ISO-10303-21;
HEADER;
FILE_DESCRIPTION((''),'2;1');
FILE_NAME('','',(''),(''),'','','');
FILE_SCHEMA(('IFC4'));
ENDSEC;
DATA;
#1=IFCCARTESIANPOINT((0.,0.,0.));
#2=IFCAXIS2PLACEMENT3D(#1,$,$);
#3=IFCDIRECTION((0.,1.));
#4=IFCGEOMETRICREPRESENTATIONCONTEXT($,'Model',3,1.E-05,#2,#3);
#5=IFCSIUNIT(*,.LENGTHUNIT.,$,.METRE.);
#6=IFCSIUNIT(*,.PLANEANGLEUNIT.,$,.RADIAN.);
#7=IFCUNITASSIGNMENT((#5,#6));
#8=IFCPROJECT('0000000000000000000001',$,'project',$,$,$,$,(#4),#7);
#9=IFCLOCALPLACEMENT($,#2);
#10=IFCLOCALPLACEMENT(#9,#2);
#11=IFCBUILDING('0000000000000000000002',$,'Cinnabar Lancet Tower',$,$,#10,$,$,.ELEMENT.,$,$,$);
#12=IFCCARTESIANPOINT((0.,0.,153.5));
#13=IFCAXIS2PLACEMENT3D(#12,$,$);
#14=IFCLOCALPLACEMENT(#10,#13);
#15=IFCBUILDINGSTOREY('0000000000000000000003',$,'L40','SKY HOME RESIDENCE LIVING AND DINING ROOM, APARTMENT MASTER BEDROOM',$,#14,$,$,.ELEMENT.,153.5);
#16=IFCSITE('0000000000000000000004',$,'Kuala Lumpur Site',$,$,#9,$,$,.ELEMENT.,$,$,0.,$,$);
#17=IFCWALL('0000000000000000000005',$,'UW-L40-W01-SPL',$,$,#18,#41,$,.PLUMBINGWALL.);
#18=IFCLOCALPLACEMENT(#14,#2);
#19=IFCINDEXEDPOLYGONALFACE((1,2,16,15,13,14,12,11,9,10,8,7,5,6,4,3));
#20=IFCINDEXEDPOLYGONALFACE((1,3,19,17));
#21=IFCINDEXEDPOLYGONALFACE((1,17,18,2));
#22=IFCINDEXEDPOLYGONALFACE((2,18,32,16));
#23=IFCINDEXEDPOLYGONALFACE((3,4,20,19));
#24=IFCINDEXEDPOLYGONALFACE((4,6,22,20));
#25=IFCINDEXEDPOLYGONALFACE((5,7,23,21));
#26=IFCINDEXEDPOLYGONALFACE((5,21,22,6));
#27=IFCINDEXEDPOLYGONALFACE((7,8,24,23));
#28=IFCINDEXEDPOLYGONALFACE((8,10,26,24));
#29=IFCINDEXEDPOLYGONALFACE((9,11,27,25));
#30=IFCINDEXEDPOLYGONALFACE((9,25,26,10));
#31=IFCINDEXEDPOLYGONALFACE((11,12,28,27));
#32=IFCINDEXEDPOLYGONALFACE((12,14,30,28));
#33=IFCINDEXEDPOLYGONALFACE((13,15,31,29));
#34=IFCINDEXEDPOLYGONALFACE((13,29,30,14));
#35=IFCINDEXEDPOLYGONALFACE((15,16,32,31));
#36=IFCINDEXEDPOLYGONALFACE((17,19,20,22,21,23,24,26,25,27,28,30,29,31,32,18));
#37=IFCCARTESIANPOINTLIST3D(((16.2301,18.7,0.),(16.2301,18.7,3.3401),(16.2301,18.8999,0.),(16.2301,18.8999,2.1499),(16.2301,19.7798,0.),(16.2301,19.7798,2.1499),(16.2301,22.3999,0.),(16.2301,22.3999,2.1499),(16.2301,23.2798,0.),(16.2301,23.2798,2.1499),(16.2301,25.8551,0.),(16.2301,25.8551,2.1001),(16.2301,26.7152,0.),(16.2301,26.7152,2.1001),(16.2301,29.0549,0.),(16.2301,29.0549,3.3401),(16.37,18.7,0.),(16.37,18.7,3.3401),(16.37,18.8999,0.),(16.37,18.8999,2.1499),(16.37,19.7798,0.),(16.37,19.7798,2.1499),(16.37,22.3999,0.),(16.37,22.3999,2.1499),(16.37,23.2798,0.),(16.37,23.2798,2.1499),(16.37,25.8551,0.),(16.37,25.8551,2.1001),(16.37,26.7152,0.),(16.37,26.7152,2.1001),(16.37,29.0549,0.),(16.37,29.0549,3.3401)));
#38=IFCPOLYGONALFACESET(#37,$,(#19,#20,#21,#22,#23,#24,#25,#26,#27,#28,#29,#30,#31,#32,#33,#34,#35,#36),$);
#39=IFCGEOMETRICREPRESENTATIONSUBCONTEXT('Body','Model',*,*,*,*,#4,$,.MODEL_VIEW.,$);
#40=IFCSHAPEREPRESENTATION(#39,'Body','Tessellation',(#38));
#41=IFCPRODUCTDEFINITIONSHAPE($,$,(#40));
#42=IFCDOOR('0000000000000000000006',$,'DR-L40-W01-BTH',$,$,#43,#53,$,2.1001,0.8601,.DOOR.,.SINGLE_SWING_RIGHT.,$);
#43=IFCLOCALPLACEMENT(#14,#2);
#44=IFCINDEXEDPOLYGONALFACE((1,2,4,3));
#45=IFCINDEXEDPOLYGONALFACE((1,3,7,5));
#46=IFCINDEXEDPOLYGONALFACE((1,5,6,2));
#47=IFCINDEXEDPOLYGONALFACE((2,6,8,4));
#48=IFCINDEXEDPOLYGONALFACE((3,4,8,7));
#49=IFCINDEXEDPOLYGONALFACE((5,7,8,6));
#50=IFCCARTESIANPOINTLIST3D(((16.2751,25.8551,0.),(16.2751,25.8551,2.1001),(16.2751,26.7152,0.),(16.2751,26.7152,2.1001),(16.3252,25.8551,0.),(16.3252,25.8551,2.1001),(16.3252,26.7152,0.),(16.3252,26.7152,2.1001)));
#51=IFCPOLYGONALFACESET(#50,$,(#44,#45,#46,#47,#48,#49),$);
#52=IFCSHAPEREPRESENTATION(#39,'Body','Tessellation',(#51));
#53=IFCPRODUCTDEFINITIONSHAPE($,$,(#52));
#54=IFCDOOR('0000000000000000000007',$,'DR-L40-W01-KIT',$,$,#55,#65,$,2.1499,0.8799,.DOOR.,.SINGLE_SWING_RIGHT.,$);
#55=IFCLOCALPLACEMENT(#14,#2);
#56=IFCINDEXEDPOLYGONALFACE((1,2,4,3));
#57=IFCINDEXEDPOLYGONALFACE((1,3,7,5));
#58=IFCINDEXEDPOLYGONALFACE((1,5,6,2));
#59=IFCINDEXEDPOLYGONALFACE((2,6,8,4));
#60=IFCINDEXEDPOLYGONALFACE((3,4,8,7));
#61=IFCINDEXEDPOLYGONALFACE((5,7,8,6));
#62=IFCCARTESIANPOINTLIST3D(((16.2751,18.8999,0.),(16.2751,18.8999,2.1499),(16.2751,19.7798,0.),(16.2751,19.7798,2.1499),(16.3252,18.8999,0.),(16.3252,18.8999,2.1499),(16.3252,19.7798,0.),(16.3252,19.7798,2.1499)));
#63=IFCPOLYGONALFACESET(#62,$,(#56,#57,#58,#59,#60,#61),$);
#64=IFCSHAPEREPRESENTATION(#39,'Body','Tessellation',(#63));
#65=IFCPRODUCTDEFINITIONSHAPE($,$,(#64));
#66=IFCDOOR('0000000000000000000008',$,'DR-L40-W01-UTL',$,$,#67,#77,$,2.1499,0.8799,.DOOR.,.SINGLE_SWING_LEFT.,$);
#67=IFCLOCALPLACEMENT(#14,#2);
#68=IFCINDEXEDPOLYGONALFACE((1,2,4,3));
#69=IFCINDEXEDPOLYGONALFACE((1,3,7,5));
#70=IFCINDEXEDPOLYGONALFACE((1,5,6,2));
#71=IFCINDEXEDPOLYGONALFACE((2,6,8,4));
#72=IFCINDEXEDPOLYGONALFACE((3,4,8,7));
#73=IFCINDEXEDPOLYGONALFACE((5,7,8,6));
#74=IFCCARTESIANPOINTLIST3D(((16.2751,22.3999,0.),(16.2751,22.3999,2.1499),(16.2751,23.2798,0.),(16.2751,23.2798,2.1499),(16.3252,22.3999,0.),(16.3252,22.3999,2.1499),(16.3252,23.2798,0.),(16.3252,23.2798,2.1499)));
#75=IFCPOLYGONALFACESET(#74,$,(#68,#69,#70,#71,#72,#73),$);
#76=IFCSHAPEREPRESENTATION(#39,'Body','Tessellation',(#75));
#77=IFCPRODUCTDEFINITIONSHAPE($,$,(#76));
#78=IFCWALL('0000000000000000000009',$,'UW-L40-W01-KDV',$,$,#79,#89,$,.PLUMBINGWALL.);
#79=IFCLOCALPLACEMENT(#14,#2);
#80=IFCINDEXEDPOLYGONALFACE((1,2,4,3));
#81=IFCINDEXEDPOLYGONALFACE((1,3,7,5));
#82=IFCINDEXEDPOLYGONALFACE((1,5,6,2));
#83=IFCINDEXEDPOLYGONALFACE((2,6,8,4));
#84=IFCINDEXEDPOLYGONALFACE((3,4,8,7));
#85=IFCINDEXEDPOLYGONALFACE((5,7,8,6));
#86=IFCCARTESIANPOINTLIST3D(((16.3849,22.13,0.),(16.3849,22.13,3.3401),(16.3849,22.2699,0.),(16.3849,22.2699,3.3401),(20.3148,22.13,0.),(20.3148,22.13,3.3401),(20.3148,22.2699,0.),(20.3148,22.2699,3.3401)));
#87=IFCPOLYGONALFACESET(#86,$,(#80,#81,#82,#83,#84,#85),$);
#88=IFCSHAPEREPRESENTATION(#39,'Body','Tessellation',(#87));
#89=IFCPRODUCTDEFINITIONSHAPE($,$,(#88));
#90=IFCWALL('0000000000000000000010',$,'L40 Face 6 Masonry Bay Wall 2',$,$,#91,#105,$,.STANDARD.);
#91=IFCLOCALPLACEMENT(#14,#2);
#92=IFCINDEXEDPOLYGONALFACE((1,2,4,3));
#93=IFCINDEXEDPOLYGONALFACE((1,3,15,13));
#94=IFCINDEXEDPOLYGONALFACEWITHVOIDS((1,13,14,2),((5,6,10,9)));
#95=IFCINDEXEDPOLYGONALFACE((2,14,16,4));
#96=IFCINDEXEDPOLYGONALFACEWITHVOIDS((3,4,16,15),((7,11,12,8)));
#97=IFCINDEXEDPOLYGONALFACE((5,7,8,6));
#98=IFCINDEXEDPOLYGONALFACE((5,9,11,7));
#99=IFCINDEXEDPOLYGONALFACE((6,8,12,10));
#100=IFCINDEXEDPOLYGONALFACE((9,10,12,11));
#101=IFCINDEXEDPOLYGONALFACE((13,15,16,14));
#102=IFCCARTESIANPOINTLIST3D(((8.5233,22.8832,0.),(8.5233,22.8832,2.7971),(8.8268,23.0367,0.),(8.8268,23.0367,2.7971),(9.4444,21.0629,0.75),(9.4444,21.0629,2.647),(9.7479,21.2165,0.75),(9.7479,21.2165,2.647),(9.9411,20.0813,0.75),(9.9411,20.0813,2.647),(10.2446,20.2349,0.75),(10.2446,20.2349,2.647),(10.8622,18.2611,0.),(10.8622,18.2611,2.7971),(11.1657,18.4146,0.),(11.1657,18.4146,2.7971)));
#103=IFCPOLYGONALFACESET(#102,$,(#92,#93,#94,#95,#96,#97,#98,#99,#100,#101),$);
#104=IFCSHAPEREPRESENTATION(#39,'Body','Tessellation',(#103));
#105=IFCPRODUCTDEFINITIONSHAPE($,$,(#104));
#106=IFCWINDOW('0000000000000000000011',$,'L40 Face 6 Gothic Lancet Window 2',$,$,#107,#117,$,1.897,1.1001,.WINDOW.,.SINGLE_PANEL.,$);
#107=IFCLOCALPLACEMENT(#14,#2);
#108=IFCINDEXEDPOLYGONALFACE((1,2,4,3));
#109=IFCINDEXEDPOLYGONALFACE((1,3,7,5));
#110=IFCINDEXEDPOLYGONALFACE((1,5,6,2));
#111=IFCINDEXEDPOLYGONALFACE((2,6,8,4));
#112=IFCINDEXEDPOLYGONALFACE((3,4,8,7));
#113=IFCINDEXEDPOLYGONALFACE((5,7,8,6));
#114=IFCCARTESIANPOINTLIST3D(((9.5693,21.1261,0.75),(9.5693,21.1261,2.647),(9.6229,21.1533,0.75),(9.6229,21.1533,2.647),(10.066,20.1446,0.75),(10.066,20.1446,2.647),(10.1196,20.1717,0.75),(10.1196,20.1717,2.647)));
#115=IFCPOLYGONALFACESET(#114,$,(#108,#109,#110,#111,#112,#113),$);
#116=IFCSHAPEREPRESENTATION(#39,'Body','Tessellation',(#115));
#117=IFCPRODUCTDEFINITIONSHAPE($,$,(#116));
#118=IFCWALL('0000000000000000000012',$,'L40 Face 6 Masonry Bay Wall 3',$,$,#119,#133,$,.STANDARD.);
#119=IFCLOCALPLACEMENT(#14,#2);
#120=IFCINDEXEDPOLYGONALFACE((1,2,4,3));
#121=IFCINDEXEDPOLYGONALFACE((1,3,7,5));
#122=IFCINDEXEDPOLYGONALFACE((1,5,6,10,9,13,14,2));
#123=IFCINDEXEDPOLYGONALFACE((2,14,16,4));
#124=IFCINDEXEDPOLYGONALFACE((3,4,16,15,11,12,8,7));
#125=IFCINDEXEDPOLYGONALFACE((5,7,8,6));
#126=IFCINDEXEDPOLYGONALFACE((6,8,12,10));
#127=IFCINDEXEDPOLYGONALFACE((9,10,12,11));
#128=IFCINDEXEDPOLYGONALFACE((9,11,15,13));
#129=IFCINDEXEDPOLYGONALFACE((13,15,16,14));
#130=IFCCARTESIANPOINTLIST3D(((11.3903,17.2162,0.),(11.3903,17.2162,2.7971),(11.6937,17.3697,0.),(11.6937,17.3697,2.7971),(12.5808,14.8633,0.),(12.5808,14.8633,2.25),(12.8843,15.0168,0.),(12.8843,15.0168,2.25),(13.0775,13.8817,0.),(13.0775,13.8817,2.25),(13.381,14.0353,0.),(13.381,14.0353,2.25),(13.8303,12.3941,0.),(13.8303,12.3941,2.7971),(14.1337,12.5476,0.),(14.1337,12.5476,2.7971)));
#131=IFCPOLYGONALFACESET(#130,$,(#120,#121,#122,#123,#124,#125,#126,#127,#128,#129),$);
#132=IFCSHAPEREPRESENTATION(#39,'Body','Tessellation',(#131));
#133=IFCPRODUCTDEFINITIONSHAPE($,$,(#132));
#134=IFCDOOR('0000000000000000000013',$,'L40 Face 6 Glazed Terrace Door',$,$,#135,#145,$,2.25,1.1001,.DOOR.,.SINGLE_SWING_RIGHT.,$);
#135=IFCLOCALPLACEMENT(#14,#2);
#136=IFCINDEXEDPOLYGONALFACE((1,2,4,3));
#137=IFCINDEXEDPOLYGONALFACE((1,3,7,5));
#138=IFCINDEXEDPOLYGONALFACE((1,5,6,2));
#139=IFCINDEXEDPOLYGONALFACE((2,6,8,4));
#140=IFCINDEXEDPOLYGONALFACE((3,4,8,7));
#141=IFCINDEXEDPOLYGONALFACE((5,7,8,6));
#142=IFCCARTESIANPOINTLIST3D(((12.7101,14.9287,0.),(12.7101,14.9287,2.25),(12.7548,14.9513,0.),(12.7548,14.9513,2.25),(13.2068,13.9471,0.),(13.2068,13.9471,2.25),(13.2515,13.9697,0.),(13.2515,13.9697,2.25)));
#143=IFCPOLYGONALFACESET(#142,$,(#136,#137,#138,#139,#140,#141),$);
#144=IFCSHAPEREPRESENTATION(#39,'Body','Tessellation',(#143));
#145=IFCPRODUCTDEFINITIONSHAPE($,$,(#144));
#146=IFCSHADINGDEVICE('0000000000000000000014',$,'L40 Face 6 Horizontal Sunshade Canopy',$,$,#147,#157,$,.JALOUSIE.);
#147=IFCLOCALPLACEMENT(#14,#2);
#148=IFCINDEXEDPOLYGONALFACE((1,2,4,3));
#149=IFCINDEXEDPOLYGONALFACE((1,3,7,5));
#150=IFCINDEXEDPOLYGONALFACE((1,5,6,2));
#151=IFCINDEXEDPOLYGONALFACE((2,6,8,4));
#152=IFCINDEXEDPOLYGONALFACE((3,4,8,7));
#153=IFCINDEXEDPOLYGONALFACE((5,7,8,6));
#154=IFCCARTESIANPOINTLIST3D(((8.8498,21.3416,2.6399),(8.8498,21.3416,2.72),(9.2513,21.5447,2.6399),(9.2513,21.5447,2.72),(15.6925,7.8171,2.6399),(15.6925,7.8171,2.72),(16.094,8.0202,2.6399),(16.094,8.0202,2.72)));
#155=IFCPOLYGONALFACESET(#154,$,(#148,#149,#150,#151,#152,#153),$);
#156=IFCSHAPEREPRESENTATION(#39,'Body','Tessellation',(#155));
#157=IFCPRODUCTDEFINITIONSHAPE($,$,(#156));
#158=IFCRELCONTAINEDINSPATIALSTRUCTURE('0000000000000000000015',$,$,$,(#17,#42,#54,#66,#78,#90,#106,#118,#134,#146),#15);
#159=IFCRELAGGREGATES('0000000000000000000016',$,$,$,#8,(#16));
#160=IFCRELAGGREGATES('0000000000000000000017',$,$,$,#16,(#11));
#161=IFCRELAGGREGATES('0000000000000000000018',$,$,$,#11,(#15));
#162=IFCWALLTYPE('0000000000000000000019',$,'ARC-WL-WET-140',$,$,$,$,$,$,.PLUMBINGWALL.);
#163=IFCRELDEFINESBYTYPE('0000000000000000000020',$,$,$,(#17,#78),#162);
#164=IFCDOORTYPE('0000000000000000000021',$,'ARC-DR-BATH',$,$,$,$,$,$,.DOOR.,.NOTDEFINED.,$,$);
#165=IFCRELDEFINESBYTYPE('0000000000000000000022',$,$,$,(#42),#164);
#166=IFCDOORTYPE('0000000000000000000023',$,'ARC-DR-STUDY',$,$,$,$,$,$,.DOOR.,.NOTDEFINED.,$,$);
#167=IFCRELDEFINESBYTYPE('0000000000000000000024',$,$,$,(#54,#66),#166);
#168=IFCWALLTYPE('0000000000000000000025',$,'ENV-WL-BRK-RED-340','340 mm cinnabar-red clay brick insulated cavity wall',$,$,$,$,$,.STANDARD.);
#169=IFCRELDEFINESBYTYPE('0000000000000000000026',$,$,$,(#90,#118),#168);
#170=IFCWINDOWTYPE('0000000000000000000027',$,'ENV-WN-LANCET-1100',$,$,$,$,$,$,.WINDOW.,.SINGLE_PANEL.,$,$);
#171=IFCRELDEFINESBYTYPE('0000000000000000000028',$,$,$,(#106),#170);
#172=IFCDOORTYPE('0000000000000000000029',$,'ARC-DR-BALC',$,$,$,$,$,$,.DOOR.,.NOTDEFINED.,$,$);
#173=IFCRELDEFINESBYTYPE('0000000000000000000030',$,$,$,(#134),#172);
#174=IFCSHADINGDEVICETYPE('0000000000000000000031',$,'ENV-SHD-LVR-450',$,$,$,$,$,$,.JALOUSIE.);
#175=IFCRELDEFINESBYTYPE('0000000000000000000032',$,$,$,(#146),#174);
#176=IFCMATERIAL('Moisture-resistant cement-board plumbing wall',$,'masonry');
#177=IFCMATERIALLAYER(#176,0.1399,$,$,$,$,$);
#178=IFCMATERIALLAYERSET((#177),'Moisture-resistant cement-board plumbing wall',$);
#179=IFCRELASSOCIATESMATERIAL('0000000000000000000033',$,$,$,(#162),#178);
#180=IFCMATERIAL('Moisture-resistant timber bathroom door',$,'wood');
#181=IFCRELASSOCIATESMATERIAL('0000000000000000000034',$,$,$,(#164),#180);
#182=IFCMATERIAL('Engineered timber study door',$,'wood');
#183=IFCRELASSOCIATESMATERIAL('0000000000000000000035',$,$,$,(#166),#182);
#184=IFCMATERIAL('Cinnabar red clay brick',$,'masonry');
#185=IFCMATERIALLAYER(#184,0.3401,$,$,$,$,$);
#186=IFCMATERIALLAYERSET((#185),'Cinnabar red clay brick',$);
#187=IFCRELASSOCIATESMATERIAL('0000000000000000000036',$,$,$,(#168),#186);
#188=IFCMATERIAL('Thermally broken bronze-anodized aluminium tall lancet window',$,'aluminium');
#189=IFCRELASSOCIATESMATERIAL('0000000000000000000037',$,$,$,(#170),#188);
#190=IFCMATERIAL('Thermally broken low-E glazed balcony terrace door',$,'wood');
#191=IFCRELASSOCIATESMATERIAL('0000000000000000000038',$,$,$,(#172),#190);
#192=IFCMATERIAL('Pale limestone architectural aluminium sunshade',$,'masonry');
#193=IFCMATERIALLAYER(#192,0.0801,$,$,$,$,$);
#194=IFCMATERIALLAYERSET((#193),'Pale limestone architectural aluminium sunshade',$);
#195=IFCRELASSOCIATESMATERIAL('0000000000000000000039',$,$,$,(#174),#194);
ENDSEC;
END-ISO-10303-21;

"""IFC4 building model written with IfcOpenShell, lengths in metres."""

from ifc_helpers import new_model, si_unit, direction, frame, frame_2d, origin, origin_2d, place, context, subcontext, project, spatial, rectangle, extrude, material, layer, layer_set, type_object, element, fill, save


model = new_model("IFC4")

# Units and contexts
model_context = context("Model", 3, precision=1e-05, world=origin(), true_north=direction((0.0, 1.0)))
body_context = subcontext(model_context, "Body", "Model", "MODEL_VIEW")
ifc_project = project(units=[si_unit("LENGTHUNIT", "METRE"), si_unit("PLANEANGLEUNIT", "RADIAN")], contexts=[model_context])

# Site, building, storey
site_placement = place(None, origin())
site = spatial("IfcSite", under=ifc_project, at=site_placement, Name="Kuala Lumpur Site", CompositionType="ELEMENT", RefElevation=0.0)
building_placement = place(site_placement, origin())
building = spatial("IfcBuilding", under=site, at=building_placement, Name="Cinnabar Lancet Tower", CompositionType="ELEMENT")
storey_placement = place(building_placement, frame((0.0, 0.0, 153.5)))
storey = spatial("IfcBuildingStorey", under=building, at=storey_placement, Name="L40", Description="SKY HOME RESIDENCE LIVING AND DINING ROOM, APARTMENT MASTER BEDROOM", CompositionType="ELEMENT", Elevation=153.5)

# Wall, openings, doors
ifc_material_1 = material(Name="Moisture-resistant cement-board plumbing wall", Category="masonry")
ifc_layer_1 = layer(ifc_material_1, 0.1399)
ifc_layer_set_1 = layer_set([ifc_layer_1], Name="Moisture-resistant cement-board plumbing wall")
wall_type_1 = type_object("IfcWallType", Name="ARC-WL-WET-140", PredefinedType="PLUMBINGWALL", material=ifc_layer_set_1)
wall_1_placement = place(storey_placement, frame((16.3, 18.7, 0.0), z_axis=(0.0, 0.0, 1.0), x_axis=(0.0, 1.0, 0.0)))
wall_1 = element("IfcWall", 1, at=wall_1_placement, inside=storey, type_object=wall_type_1, Name="UW-L40-W01-SPL", PredefinedType="PLUMBINGWALL", context=body_context, shape_type="SweptSolid", body=[
    extrude(rectangle(XDim=10.355, YDim=0.1399, at=frame_2d((5.1775, 0.0))), origin(), (0.0, 0.0, 1.0), 3.3401),
])
opening_1_placement = place(wall_1_placement, frame((0.2, 0.0, 0.0)))
opening_1 = element("IfcOpeningElement", 2, at=opening_1_placement, cuts=wall_1, PredefinedType="OPENING", context=body_context, shape_type="SweptSolid", body=[
    extrude(rectangle(XDim=0.8799, YDim=2.1499, at=frame_2d((0.4399, 1.075))), frame((0.0, 0.0798, 0.0), z_axis=(0.0, -1.0, 0.0), x_axis=(1.0, 0.0, 0.0)), (0.0, 0.0, 1.0), 0.1599),
])
opening_2_placement = place(wall_1_placement, frame((3.7, 0.0, 0.0)))
opening_2 = element("IfcOpeningElement", 3, at=opening_2_placement, cuts=wall_1, PredefinedType="OPENING", context=body_context, shape_type="SweptSolid", body=[
    extrude(rectangle(XDim=0.8799, YDim=2.1499, at=frame_2d((0.4399, 1.075))), frame((0.0, 0.0798, 0.0), z_axis=(0.0, -1.0, 0.0), x_axis=(1.0, 0.0, 0.0)), (0.0, 0.0, 1.0), 0.1599),
])
opening_3_placement = place(wall_1_placement, frame((7.155, 0.0, 0.0)))
opening_3 = element("IfcOpeningElement", 4, at=opening_3_placement, cuts=wall_1, PredefinedType="OPENING", context=body_context, shape_type="SweptSolid", body=[
    extrude(rectangle(XDim=0.8601, YDim=2.1001, at=frame_2d((0.4302, 1.05))), frame((0.0, 0.0798, 0.0), z_axis=(0.0, -1.0, 0.0), x_axis=(1.0, 0.0, 0.0)), (0.0, 0.0, 1.0), 0.1599),
])
ifc_material_2 = material(Name="Moisture-resistant timber bathroom door", Category="wood")
door_type_1 = type_object("IfcDoorType", Name="ARC-DR-BATH", OperationType="NOTDEFINED", PredefinedType="DOOR", material=ifc_material_2)
door_1_placement = place(opening_3_placement, origin())
door_1 = element("IfcDoor", 5, at=door_1_placement, inside=storey, type_object=door_type_1, Name="DR-L40-W01-BTH", OperationType="SINGLE_SWING_RIGHT", OverallHeight=2.1001, OverallWidth=0.8601, PredefinedType="DOOR", context=body_context, shape_type="SweptSolid", body=[
    extrude(rectangle(XDim=0.8601, YDim=2.1001, at=frame_2d((0.4302, 1.05))), frame((0.0, 0.0249, 0.0), z_axis=(0.0, -1.0, 0.0), x_axis=(1.0, 0.0, 0.0)), (0.0, 0.0, 1.0), 0.05),
])
fill(opening_3, door_1)
ifc_material_3 = material(Name="Engineered timber study door", Category="wood")
door_type_2 = type_object("IfcDoorType", Name="ARC-DR-STUDY", OperationType="NOTDEFINED", PredefinedType="DOOR", material=ifc_material_3)
door_2_placement = place(opening_1_placement, origin())
door_2 = element("IfcDoor", 6, at=door_2_placement, inside=storey, type_object=door_type_2, Name="DR-L40-W01-KIT", OperationType="SINGLE_SWING_RIGHT", OverallHeight=2.1499, OverallWidth=0.8799, PredefinedType="DOOR", context=body_context, shape_type="SweptSolid", body=[
    extrude(rectangle(XDim=0.8799, YDim=2.1499, at=frame_2d((0.4399, 1.075))), frame((0.0, 0.0249, 0.0), z_axis=(0.0, -1.0, 0.0), x_axis=(1.0, 0.0, 0.0)), (0.0, 0.0, 1.0), 0.05),
])
fill(opening_1, door_2)
door_3_placement = place(opening_2_placement, origin())
door_3 = element("IfcDoor", 7, at=door_3_placement, inside=storey, type_object=door_type_2, Name="DR-L40-W01-UTL", OperationType="SINGLE_SWING_LEFT", OverallHeight=2.1499, OverallWidth=0.8799, PredefinedType="DOOR", context=body_context, shape_type="SweptSolid", body=[
    extrude(rectangle(XDim=0.8799, YDim=2.1499, at=frame_2d((0.4399, 1.075))), frame((0.0, 0.0249, 0.0), z_axis=(0.0, -1.0, 0.0), x_axis=(1.0, 0.0, 0.0)), (0.0, 0.0, 1.0), 0.05),
])
fill(opening_2, door_3)

# Wall
wall_2_placement = place(storey_placement, frame((16.385, 22.2, 0.0), z_axis=(0.0, 0.0, 1.0), x_axis=(1.0, 0.0, 0.0)))
element("IfcWall", 8, at=wall_2_placement, inside=storey, type_object=wall_type_1, Name="UW-L40-W01-KDV", PredefinedType="PLUMBINGWALL", context=body_context, shape_type="SweptSolid", body=[
    extrude(rectangle(XDim=3.9299, YDim=0.1399, at=frame_2d((1.9648, 0.0))), origin(), (0.0, 0.0, 1.0), 3.3401),
])

# Wall, opening, window
ifc_material_4 = material(Name="Cinnabar red clay brick", Category="masonry")
ifc_layer_2 = layer(ifc_material_4, 0.3401)
ifc_layer_set_2 = layer_set([ifc_layer_2], Name="Cinnabar red clay brick")
wall_type_2 = type_object("IfcWallType", Name="ENV-WL-BRK-RED-340", Description="340 mm cinnabar-red clay brick insulated cavity wall", PredefinedType="STANDARD", material=ifc_layer_set_2)
wall_3_placement = place(storey_placement, frame((8.675, 22.96, 0.0), z_axis=(0.0, 0.0, 1.0), x_axis=(0.451507, -0.892268, 0.0)))
wall_3 = element("IfcWall", 9, at=wall_3_placement, inside=storey, type_object=wall_type_2, Name="L40 Face 6 Masonry Bay Wall 2", PredefinedType="STANDARD", context=body_context, shape_type="SweptSolid", body=[
    extrude(rectangle(XDim=5.1802, YDim=0.3401, at=frame_2d((2.5901, 0.0))), origin(), (0.0, 0.0, 1.0), 2.7971),
])
opening_4_placement = place(wall_3_placement, frame((2.04, 0.0, 0.75)))
opening_4 = element("IfcOpeningElement", 10, at=opening_4_placement, cuts=wall_3, PredefinedType="OPENING", context=body_context, shape_type="SweptSolid", body=[
    extrude(rectangle(XDim=1.1001, YDim=1.897, at=frame_2d((0.55, 0.9485))), frame((0.0, 0.1799, 0.0), z_axis=(0.0, -1.0, 0.0), x_axis=(1.0, 0.0, 0.0)), (0.0, 0.0, 1.0), 0.3601),
])
ifc_material_5 = material(Name="Thermally broken bronze-anodized aluminium tall lancet window", Category="aluminium")
window_type = type_object("IfcWindowType", Name="ENV-WN-LANCET-1100", PartitioningType="SINGLE_PANEL", PredefinedType="WINDOW", material=ifc_material_5)
window_placement = place(opening_4_placement, origin())
window = element("IfcWindow", 11, at=window_placement, inside=storey, type_object=window_type, Name="L40 Face 6 Gothic Lancet Window 2", OverallHeight=1.897, OverallWidth=1.1001, PartitioningType="SINGLE_PANEL", PredefinedType="WINDOW", context=body_context, shape_type="SweptSolid", body=[
    extrude(rectangle(XDim=1.1001, YDim=1.897, at=frame_2d((0.55, 0.9485))), frame((0.0, 0.03, 0.0), z_axis=(0.0, -1.0, 0.0), x_axis=(1.0, 0.0, 0.0)), (0.0, 0.0, 1.0), 0.0601),
])
fill(opening_4, window)

# Wall, opening, door
wall_4_placement = place(storey_placement, frame((11.542, 17.293, 0.0), z_axis=(0.0, 0.0, 1.0), x_axis=(0.451491, -0.892276, 0.0)))
wall_4 = element("IfcWall", 12, at=wall_4_placement, inside=storey, type_object=wall_type_2, Name="L40 Face 6 Masonry Bay Wall 3", PredefinedType="STANDARD", context=body_context, shape_type="SweptSolid", body=[
    extrude(rectangle(XDim=5.4043, YDim=0.3401, at=frame_2d((2.7021, 0.0))), origin(), (0.0, 0.0, 1.0), 2.7971),
])
opening_5_placement = place(wall_4_placement, frame((2.637, 0.0, 0.0)))
opening_5 = element("IfcOpeningElement", 13, at=opening_5_placement, cuts=wall_4, PredefinedType="OPENING", context=body_context, shape_type="SweptSolid", body=[
    extrude(rectangle(XDim=1.1001, YDim=2.25, at=frame_2d((0.55, 1.125))), frame((0.0, 0.1799, 0.0), z_axis=(0.0, -1.0, 0.0), x_axis=(1.0, 0.0, 0.0)), (0.0, 0.0, 1.0), 0.3601),
])
ifc_material_6 = material(Name="Thermally broken low-E glazed balcony terrace door", Category="wood")
door_type_3 = type_object("IfcDoorType", Name="ARC-DR-BALC", OperationType="NOTDEFINED", PredefinedType="DOOR", material=ifc_material_6)
door_4_placement = place(opening_5_placement, origin())
door_4 = element("IfcDoor", 14, at=door_4_placement, inside=storey, type_object=door_type_3, Name="L40 Face 6 Glazed Terrace Door", OperationType="SINGLE_SWING_RIGHT", OverallHeight=2.25, OverallWidth=1.1001, PredefinedType="DOOR", context=body_context, shape_type="SweptSolid", body=[
    extrude(rectangle(XDim=1.1001, YDim=2.25, at=frame_2d((0.55, 1.125))), frame((0.0, 0.0249, 0.0), z_axis=(0.0, -1.0, 0.0), x_axis=(1.0, 0.0, 0.0)), (0.0, 0.0, 1.0), 0.05),
])
fill(opening_5, door_4)

# Shading device
ifc_material_7 = material(Name="Pale limestone architectural aluminium sunshade", Category="masonry")
ifc_layer_3 = layer(ifc_material_7, 0.0801)
ifc_layer_set_3 = layer_set([ifc_layer_3], Name="Pale limestone architectural aluminium sunshade")
shading_device_type = type_object("IfcShadingDeviceType", Name="ENV-SHD-LVR-450", PredefinedType="JALOUSIE", material=ifc_layer_set_3)
shading_device_placement = place(storey_placement, frame((12.4719, 14.6809, 2.6399), z_axis=(0.0, 0.0, 1.0), x_axis=(0.451454, -0.892294, 0.0)))
element("IfcShadingDevice", 15, at=shading_device_placement, inside=storey, type_object=shading_device_type, Name="L40 Face 6 Horizontal Sunshade Canopy", PredefinedType="JALOUSIE", context=body_context, shape_type="SweptSolid", body=[
    extrude(rectangle(XDim=15.157, YDim=0.45, at=origin_2d()), origin(), (0.0, 0.0, 1.0), 0.0801),
])

save(model, "model.ifc")
